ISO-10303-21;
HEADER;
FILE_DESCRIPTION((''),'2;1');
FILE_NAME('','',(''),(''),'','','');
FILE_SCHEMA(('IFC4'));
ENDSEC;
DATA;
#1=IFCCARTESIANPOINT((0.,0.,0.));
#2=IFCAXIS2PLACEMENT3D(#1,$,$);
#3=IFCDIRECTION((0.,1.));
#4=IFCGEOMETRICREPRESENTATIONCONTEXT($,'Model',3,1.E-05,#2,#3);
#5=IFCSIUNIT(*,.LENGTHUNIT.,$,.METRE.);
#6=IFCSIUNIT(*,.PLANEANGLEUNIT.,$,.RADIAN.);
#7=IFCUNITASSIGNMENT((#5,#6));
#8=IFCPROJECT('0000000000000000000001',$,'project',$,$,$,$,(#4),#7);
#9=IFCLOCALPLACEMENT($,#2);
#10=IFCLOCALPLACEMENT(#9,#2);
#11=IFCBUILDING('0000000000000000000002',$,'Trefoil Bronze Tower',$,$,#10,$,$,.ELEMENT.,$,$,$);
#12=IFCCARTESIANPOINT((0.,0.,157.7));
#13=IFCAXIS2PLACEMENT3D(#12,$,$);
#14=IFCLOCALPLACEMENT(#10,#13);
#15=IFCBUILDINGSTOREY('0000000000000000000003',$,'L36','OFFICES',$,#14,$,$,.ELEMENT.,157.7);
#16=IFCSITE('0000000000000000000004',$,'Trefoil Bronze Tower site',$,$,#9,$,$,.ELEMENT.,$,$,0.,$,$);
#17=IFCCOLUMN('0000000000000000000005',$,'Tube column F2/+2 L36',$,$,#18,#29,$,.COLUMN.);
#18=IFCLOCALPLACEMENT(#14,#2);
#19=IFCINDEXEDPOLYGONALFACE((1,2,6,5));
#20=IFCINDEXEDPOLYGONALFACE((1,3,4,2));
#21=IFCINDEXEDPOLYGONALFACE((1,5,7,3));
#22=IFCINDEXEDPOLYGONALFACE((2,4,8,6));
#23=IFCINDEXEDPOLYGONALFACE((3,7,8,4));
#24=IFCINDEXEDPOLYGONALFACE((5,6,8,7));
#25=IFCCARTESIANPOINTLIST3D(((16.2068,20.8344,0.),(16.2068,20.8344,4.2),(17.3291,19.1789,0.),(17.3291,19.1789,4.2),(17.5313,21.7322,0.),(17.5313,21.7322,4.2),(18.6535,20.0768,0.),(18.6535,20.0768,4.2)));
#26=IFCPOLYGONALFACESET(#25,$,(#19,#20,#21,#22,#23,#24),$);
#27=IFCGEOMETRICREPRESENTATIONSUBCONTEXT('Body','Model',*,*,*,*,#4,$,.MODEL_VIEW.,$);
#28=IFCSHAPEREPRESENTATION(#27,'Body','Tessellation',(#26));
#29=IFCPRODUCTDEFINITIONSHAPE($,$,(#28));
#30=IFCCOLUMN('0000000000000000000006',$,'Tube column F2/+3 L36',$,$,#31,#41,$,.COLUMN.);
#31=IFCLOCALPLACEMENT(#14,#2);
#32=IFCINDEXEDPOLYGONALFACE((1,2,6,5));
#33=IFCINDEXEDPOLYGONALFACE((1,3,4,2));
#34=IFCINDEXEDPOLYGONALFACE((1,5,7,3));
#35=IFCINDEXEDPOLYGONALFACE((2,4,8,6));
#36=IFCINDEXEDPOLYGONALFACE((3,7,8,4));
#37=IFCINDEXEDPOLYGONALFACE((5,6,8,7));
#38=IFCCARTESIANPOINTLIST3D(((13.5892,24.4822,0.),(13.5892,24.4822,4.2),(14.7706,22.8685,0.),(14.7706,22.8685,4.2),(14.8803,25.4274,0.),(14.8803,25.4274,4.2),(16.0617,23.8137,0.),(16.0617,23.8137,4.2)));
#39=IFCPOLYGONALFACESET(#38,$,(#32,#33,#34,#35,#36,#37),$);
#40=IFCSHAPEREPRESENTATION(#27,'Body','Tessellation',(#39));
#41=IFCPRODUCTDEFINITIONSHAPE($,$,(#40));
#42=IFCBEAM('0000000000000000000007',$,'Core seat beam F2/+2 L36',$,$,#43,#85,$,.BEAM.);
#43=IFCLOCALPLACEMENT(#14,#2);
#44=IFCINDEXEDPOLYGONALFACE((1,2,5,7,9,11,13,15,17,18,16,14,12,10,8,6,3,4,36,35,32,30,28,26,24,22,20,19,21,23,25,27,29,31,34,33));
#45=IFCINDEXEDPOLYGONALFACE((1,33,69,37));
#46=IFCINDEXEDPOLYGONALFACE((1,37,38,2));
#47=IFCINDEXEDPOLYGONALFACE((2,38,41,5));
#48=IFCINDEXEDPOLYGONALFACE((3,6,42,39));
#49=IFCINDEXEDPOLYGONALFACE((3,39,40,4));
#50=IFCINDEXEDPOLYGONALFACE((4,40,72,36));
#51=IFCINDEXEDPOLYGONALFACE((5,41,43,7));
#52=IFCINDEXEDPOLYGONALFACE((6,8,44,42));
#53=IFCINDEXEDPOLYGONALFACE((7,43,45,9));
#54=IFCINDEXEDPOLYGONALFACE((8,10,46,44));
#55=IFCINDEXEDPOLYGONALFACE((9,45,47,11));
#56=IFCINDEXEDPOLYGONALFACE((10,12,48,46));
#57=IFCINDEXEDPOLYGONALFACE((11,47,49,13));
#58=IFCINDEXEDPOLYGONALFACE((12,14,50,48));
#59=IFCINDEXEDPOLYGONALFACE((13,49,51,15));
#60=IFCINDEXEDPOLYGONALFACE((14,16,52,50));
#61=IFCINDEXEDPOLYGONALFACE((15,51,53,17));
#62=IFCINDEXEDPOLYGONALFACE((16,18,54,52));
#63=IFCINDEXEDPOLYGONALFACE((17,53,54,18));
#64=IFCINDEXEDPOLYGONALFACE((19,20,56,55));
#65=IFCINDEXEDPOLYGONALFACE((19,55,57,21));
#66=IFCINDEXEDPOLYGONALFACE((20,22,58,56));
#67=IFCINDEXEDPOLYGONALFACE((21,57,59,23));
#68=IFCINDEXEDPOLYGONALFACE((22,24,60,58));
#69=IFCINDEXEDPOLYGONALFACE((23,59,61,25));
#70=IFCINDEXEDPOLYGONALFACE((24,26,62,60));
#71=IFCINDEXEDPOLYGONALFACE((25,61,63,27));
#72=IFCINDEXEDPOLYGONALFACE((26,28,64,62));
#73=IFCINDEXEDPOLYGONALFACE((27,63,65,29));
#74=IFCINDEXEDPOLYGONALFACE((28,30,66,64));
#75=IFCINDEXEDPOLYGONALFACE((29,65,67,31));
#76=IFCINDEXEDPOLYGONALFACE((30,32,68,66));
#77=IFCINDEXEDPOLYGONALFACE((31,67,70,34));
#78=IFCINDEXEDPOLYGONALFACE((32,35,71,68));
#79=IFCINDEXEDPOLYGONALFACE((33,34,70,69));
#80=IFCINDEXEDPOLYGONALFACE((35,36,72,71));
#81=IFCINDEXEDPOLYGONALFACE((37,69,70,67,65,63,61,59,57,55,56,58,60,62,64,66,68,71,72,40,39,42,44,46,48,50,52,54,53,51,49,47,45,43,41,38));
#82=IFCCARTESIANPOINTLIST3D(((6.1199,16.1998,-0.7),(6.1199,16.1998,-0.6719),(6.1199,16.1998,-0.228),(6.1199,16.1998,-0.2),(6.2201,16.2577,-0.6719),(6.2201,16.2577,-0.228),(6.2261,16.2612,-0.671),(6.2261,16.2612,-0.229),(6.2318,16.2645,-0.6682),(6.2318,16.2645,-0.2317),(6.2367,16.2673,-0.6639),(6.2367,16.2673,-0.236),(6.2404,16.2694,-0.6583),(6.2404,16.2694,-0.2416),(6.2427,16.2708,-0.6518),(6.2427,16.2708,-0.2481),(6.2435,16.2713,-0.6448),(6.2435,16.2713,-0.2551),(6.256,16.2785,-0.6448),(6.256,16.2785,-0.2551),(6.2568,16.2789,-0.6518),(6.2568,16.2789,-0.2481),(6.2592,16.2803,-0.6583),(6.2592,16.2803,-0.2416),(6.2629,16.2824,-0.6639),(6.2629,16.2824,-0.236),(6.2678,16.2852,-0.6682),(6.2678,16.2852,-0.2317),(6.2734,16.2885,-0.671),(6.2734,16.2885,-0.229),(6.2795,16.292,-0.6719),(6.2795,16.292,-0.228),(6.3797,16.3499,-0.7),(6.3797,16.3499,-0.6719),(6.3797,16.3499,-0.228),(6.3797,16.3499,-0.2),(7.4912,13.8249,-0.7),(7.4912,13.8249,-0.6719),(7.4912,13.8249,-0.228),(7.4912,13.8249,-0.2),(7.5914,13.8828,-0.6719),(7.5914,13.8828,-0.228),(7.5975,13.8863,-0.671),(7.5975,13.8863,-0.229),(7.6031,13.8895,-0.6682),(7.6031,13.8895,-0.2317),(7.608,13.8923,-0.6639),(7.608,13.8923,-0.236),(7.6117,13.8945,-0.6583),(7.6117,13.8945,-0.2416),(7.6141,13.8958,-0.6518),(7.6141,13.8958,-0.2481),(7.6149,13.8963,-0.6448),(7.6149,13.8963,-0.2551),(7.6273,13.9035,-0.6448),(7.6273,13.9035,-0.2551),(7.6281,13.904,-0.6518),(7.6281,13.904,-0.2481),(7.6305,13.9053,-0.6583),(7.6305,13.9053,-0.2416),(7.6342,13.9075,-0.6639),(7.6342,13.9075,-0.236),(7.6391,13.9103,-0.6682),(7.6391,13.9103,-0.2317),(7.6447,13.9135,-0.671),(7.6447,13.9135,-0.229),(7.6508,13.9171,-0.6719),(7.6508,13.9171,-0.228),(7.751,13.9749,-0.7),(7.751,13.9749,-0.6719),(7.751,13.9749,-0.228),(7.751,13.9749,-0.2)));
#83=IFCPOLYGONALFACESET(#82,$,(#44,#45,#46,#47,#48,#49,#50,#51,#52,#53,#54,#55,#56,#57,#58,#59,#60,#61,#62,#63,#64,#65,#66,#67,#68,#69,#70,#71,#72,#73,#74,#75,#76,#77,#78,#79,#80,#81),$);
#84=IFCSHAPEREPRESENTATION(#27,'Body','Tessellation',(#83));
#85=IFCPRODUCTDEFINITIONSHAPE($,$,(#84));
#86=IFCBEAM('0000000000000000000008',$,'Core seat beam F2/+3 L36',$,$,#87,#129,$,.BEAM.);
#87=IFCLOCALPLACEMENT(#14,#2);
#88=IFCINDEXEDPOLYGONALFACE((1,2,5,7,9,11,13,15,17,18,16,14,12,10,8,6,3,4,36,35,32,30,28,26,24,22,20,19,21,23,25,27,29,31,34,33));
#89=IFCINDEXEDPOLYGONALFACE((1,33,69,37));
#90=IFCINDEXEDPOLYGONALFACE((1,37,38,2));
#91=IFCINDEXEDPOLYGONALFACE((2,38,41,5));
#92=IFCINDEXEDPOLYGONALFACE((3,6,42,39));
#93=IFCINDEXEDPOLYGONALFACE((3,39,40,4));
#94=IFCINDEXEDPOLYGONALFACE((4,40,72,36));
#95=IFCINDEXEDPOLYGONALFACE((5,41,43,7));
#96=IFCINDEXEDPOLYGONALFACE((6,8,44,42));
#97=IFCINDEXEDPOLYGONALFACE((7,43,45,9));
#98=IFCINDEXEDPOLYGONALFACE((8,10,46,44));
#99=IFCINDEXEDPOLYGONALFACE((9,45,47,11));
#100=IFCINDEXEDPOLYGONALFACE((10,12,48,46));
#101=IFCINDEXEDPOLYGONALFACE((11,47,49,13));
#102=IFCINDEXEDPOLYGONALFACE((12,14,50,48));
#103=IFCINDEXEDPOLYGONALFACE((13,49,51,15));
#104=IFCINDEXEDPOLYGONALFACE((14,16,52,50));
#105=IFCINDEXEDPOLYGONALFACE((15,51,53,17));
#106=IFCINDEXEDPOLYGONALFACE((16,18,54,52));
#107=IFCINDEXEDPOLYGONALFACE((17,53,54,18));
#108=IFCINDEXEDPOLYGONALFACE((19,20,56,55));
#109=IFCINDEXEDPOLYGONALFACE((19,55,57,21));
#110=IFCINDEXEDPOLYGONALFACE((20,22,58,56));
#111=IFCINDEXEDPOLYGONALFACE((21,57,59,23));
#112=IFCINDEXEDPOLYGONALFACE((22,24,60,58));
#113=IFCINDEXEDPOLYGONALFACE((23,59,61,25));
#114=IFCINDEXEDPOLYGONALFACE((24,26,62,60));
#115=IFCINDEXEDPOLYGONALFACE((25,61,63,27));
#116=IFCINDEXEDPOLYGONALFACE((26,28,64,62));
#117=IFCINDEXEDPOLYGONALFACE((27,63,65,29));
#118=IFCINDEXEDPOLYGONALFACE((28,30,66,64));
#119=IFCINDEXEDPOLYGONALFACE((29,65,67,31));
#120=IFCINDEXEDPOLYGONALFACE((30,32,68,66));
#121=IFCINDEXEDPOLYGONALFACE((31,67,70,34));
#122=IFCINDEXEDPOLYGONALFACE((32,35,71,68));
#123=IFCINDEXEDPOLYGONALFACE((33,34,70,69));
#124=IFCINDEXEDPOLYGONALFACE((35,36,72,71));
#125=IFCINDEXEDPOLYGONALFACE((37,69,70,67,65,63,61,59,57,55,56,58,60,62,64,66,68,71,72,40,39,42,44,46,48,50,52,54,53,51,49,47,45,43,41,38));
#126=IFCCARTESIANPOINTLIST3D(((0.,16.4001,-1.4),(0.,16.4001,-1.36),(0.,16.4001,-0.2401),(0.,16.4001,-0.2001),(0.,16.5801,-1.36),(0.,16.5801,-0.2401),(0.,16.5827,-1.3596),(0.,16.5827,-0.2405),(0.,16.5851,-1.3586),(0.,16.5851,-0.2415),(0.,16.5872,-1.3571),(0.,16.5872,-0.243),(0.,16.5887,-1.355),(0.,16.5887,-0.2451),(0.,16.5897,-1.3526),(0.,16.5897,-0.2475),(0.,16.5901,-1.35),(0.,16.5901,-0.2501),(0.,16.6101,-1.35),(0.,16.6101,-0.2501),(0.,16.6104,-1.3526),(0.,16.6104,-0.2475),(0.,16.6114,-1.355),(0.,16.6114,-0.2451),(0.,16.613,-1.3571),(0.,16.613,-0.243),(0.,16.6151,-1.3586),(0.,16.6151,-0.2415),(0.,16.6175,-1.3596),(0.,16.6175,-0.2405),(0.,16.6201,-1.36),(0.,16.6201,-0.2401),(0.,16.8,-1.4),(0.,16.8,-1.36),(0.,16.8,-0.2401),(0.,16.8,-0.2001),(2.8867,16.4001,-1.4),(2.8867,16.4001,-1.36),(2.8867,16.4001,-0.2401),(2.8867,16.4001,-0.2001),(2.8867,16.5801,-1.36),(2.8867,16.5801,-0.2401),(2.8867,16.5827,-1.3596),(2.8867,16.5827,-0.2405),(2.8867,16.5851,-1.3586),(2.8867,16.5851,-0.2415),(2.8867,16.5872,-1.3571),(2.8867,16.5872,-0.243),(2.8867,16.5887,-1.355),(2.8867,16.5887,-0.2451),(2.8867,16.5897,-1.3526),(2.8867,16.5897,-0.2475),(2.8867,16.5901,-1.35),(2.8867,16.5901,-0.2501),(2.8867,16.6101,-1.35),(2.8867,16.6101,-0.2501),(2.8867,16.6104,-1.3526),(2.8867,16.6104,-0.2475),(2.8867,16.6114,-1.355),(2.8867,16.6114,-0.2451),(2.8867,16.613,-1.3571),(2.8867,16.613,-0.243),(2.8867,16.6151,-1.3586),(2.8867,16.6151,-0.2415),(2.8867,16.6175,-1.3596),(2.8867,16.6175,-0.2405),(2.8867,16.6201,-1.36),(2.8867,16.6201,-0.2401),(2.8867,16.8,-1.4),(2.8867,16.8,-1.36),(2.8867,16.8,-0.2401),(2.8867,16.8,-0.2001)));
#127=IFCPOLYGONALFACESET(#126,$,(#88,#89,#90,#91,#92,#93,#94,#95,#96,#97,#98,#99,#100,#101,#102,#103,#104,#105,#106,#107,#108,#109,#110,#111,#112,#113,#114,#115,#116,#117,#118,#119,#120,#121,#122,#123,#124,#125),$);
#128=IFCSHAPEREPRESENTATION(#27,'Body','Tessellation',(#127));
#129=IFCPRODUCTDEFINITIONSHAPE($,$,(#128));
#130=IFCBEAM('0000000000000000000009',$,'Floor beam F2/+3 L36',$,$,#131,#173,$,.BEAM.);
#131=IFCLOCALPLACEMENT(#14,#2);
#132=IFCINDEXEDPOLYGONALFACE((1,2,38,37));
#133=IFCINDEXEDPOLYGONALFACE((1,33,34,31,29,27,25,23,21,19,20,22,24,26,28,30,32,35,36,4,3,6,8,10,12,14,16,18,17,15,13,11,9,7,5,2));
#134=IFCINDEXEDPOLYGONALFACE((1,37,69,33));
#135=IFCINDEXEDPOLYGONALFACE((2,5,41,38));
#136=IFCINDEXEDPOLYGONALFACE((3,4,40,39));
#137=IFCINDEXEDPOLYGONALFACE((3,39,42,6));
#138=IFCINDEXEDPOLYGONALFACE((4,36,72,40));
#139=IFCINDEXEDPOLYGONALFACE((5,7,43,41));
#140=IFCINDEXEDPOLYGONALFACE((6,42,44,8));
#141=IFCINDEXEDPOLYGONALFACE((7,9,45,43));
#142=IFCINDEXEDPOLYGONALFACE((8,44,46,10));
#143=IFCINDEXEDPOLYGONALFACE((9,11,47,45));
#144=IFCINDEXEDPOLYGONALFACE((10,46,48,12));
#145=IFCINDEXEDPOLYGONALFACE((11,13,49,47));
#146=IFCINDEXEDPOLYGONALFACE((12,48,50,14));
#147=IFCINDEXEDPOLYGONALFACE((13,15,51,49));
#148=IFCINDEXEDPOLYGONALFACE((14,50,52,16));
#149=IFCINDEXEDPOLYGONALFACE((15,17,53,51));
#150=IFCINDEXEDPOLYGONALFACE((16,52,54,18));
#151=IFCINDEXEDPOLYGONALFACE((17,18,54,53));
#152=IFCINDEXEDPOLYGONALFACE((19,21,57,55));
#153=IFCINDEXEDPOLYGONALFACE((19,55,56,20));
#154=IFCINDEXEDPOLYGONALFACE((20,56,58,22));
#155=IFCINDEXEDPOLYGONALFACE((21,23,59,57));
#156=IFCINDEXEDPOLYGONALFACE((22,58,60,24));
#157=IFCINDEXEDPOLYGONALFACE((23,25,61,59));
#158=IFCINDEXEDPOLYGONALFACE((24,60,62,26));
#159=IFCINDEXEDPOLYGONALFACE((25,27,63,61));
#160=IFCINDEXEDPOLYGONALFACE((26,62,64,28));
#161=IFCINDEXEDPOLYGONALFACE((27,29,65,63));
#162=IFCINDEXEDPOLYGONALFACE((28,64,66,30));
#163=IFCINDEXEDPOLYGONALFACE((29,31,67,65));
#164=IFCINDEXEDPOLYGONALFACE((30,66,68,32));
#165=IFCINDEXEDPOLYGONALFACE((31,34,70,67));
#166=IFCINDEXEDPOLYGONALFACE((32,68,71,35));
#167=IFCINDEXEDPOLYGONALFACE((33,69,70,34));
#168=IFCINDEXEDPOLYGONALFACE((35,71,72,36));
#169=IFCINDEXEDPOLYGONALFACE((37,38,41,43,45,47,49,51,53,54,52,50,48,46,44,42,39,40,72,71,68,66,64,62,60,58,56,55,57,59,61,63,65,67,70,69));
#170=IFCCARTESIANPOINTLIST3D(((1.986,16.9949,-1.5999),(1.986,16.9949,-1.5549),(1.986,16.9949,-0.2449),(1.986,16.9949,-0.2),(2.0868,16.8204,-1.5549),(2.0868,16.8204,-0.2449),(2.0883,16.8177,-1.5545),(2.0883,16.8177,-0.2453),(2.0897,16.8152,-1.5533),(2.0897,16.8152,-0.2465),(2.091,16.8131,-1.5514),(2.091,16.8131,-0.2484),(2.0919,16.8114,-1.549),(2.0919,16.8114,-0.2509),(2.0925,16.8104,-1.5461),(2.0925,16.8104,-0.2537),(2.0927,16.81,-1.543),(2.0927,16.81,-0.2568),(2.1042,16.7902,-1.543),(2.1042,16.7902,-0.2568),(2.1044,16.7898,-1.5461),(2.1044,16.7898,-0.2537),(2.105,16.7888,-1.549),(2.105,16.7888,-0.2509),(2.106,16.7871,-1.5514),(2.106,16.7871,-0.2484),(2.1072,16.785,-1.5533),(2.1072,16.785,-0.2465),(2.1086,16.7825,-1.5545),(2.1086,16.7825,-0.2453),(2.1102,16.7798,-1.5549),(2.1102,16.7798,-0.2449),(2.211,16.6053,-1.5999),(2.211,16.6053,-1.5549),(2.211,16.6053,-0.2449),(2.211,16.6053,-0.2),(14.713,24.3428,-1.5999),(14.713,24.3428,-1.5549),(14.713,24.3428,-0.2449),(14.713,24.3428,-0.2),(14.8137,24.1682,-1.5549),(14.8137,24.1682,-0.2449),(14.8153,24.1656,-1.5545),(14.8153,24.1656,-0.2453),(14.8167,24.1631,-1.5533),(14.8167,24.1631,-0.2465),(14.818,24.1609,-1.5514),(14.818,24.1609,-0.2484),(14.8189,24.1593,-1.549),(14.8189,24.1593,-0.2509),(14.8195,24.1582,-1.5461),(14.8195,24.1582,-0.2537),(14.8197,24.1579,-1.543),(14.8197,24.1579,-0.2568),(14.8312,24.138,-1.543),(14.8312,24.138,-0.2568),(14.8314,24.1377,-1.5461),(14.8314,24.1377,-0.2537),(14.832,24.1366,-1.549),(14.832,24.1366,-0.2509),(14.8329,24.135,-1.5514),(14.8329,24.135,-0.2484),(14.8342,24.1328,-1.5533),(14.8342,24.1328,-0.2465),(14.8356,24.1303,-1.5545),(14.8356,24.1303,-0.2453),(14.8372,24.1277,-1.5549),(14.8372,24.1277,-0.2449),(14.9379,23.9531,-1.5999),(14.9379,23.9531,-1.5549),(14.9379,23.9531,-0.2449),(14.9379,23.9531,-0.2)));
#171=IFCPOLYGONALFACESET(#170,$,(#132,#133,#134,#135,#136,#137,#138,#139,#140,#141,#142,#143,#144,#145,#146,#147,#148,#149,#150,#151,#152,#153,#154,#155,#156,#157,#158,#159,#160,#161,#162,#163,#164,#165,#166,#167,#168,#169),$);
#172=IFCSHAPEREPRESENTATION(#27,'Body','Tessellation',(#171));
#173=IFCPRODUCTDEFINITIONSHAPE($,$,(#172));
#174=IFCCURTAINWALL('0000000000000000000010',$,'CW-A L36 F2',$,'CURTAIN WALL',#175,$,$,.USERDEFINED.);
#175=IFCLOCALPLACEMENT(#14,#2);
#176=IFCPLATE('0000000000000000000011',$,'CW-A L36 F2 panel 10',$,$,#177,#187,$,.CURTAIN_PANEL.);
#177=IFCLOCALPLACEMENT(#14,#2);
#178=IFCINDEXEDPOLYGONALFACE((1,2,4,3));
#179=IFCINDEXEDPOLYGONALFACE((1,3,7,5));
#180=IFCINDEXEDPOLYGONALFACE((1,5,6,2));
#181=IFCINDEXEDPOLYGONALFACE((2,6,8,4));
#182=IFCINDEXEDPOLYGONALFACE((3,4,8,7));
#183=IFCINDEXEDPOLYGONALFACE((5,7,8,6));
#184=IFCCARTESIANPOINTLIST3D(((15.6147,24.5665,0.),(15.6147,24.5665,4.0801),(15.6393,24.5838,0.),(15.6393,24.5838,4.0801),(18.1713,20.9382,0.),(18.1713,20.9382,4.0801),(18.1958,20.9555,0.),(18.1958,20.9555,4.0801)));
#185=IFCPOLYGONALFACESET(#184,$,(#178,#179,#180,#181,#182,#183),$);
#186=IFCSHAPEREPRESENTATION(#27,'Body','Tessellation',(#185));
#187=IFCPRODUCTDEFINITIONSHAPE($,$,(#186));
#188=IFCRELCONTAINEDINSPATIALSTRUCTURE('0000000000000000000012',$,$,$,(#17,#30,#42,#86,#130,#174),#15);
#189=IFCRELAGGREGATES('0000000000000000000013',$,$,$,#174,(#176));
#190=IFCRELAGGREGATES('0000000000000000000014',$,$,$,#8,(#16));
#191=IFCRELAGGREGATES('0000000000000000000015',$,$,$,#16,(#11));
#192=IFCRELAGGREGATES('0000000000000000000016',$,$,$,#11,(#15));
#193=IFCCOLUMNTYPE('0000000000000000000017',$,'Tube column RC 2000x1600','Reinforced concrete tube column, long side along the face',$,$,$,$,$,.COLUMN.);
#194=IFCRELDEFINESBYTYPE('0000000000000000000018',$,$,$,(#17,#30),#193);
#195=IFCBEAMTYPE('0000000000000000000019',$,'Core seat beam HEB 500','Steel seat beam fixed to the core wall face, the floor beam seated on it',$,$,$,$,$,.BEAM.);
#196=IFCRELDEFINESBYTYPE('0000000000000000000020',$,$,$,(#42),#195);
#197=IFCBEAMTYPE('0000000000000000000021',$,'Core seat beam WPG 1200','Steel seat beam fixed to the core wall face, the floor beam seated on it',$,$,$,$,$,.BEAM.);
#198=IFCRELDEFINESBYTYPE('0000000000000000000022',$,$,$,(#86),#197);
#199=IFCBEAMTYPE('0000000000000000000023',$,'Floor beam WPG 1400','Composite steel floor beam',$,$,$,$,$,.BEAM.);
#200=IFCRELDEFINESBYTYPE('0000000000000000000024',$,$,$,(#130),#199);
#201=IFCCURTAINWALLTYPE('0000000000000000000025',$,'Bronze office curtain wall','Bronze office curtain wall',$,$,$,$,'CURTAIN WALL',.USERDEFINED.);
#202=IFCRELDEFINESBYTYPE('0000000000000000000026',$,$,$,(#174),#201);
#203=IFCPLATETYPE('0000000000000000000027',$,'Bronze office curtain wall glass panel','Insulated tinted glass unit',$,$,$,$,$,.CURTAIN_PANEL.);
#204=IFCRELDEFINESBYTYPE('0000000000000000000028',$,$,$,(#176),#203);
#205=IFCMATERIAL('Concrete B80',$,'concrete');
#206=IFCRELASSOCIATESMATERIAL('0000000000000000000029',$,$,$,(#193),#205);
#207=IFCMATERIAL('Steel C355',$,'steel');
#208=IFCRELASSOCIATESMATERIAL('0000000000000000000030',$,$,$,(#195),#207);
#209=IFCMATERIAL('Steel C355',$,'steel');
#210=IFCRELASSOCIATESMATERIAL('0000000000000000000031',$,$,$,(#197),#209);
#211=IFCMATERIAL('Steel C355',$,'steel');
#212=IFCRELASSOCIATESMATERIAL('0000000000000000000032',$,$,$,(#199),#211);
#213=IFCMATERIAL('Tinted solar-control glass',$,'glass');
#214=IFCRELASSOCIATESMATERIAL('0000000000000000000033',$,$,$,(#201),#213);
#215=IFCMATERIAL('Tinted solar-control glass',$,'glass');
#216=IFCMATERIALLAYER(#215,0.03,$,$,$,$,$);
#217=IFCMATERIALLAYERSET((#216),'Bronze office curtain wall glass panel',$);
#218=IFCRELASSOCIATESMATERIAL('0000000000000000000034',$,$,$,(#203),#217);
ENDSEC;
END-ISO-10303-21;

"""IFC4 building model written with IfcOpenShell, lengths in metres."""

from ifc_helpers import new_model, si_unit, direction, frame, origin, origin_2d, place, context, subcontext, project, spatial, rectangle, i_section, extrude, material, layer, layer_set, material_profile, profile_set, type_object, element, aggregate, save


model = new_model("IFC4")

# Units and contexts
model_context = context("Model", 3, precision=1e-05, world=origin(), true_north=direction((0.0, 1.0)))
body_context = subcontext(model_context, "Body", "Model", "MODEL_VIEW")
ifc_project = project(units=[si_unit("LENGTHUNIT", "METRE"), si_unit("PLANEANGLEUNIT", "RADIAN")], contexts=[model_context])

# Site, building, storey
site_placement = place(None, origin())
site = spatial("IfcSite", under=ifc_project, at=site_placement, Name="Trefoil Bronze Tower site", CompositionType="ELEMENT", RefElevation=0.0)
building_placement = place(site_placement, origin())
building = spatial("IfcBuilding", under=site, at=building_placement, Name="Trefoil Bronze Tower", CompositionType="ELEMENT")
storey_placement = place(building_placement, frame((0.0, 0.0, 157.7)))
storey = spatial("IfcBuildingStorey", under=building, at=storey_placement, Name="L36", Description="OFFICES", CompositionType="ELEMENT", Elevation=157.7)

# Columns
ifc_material_1 = material(Name="Concrete B80", Category="concrete")
ifc_material_profile_1 = material_profile(ifc_material_1, rectangle(XDim=2.0, YDim=1.6001, at=origin_2d()), Name="RC 2000x1600")
ifc_profile_set_1 = profile_set([ifc_material_profile_1], Name="Concrete B80")
column_type = type_object("IfcColumnType", Name="Tube column RC 2000x1600", Description="Reinforced concrete tube column, long side along the face", PredefinedType="COLUMN", material=ifc_profile_set_1)
for number, where, z_axis, x_axis, name in (
    (1, (17.4302, 20.4556, 0.0), (0.0, 0.0, 1.0), (-0.561136, 0.827724, 0.0), "Tube column F2/+2 L36"),
    (2, (14.8254, 24.1479, 0.0), (0.0, 0.0, 1.0), (-0.590723, 0.806875, 0.0), "Tube column F2/+3 L36"),
):
    element("IfcColumn", number, at=place(storey_placement, frame(where, z_axis=z_axis, x_axis=x_axis)), inside=storey, type_object=column_type, Name=name, PredefinedType="COLUMN", context=body_context, shape_type="SweptSolid", body=[
        extrude(rectangle(XDim=2.0, YDim=1.6001, at=origin_2d()), origin(), (0.0, 0.0, 1.0), 4.2),
    ])

# Beams
ifc_material_2 = material(Name="Steel C355", Category="steel")
ifc_material_profile_2 = material_profile(ifc_material_2, i_section(OverallWidth=0.3, OverallDepth=0.5, WebThickness=0.0144, FlangeThickness=0.0281, FilletRadius=0.0271, at=origin_2d()), Name="HEB 500")
ifc_profile_set_2 = profile_set([ifc_material_profile_2], Name="Steel C355")
beam_type_1 = type_object("IfcBeamType", Name="Core seat beam HEB 500", Description="Steel seat beam fixed to the core wall face, the floor beam seated on it", PredefinedType="BEAM", material=ifc_profile_set_2)
beam_1_placement = place(storey_placement, frame((7.6211, 13.8999, -0.45), z_axis=(-0.500036, 0.866005, 0.0), x_axis=(-0.866005, -0.500036, 0.0)))
element("IfcBeam", 3, at=beam_1_placement, inside=storey, type_object=beam_type_1, Name="Core seat beam F2/+2 L36", PredefinedType="BEAM", context=body_context, shape_type="SweptSolid", body=[
    extrude(i_section(OverallWidth=0.3, OverallDepth=0.5, WebThickness=0.0144, FlangeThickness=0.0281, FilletRadius=0.0271, at=origin_2d()), origin(), (0.0, 0.0, 1.0), 2.7424),
])
ifc_material_3 = material(Name="Steel C355", Category="steel")
ifc_material_profile_3 = material_profile(ifc_material_3, i_section(OverallWidth=0.3999, OverallDepth=1.2, WebThickness=0.02, FlangeThickness=0.04, FilletRadius=0.01, at=origin_2d()), Name="WPG 1200")
ifc_profile_set_3 = profile_set([ifc_material_profile_3], Name="Steel C355")
beam_type_2 = type_object("IfcBeamType", Name="Core seat beam WPG 1200", Description="Steel seat beam fixed to the core wall face, the floor beam seated on it", PredefinedType="BEAM", material=ifc_profile_set_3)
beam_2_placement = place(storey_placement, frame((2.8867, 16.6001, -0.8), z_axis=(-1.0, 0.0, 0.0), x_axis=(0.0, -1.0, 0.0)))
element("IfcBeam", 4, at=beam_2_placement, inside=storey, type_object=beam_type_2, Name="Core seat beam F2/+3 L36", PredefinedType="BEAM", context=body_context, shape_type="SweptSolid", body=[
    extrude(i_section(OverallWidth=0.3999, OverallDepth=1.2, WebThickness=0.02, FlangeThickness=0.04, FilletRadius=0.01, at=origin_2d()), origin(), (0.0, 0.0, 1.0), 2.8867),
])
ifc_material_4 = material(Name="Steel C355", Category="steel")
ifc_material_profile_4 = material_profile(ifc_material_4, i_section(OverallWidth=0.45, OverallDepth=1.3999, WebThickness=0.0229, FlangeThickness=0.0449, FilletRadius=0.012, at=origin_2d()), Name="WPG 1400")
ifc_profile_set_4 = profile_set([ifc_material_profile_4], Name="Steel C355")
beam_type_3 = type_object("IfcBeamType", Name="Floor beam WPG 1400", Description="Composite steel floor beam", PredefinedType="BEAM", material=ifc_profile_set_4)
beam_3_placement = place(storey_placement, frame((14.8254, 24.1479, -0.8999), z_axis=(-0.866027, -0.499997, 0.0), x_axis=(0.499997, -0.866027, 0.0)))
element("IfcBeam", 5, at=beam_3_placement, inside=storey, type_object=beam_type_3, Name="Floor beam F2/+3 L36", PredefinedType="BEAM", context=body_context, shape_type="SweptSolid", body=[
    extrude(i_section(OverallWidth=0.45, OverallDepth=1.3999, WebThickness=0.0229, FlangeThickness=0.0449, FilletRadius=0.012, at=origin_2d()), origin(), (0.0, 0.0, 1.0), 14.6958),
])

# Curtain wall, plate
ifc_material_5 = material(Name="Tinted solar-control glass", Category="glass")
curtain_wall_type = type_object("IfcCurtainWallType", Name="Bronze office curtain wall", Description="Bronze office curtain wall", ElementType="CURTAIN WALL", PredefinedType="USERDEFINED", material=ifc_material_5)
curtain_wall_placement = place(storey_placement, origin())
curtain_wall = element("IfcCurtainWall", 6, at=curtain_wall_placement, inside=storey, type_object=curtain_wall_type, Name="CW-A L36 F2", ObjectType="CURTAIN WALL", PredefinedType="USERDEFINED")
ifc_material_6 = material(Name="Tinted solar-control glass", Category="glass")
ifc_layer_1 = layer(ifc_material_6, 0.03)
ifc_layer_set_1 = layer_set([ifc_layer_1], Name="Bronze office curtain wall glass panel")
plate_type = type_object("IfcPlateType", Name="Bronze office curtain wall glass panel", Description="Insulated tinted glass unit", PredefinedType="CURTAIN_PANEL", material=ifc_layer_set_1)
plate_placement = place(storey_placement, frame((16.9053, 22.761, 0.0), z_axis=(0.0, 0.0, 1.0), x_axis=(-0.575999, 0.81745, 0.0)))
plate = element("IfcPlate", 7, at=plate_placement, type_object=plate_type, Name="CW-A L36 F2 panel 10", PredefinedType="CURTAIN_PANEL", context=body_context, shape_type="SweptSolid", body=[
    extrude(rectangle(XDim=4.4385, YDim=0.03, at=origin_2d()), origin(), (0.0, 0.0, 1.0), 4.0801),
])
aggregate(curtain_wall, [plate])

save(model, "model.ifc")
